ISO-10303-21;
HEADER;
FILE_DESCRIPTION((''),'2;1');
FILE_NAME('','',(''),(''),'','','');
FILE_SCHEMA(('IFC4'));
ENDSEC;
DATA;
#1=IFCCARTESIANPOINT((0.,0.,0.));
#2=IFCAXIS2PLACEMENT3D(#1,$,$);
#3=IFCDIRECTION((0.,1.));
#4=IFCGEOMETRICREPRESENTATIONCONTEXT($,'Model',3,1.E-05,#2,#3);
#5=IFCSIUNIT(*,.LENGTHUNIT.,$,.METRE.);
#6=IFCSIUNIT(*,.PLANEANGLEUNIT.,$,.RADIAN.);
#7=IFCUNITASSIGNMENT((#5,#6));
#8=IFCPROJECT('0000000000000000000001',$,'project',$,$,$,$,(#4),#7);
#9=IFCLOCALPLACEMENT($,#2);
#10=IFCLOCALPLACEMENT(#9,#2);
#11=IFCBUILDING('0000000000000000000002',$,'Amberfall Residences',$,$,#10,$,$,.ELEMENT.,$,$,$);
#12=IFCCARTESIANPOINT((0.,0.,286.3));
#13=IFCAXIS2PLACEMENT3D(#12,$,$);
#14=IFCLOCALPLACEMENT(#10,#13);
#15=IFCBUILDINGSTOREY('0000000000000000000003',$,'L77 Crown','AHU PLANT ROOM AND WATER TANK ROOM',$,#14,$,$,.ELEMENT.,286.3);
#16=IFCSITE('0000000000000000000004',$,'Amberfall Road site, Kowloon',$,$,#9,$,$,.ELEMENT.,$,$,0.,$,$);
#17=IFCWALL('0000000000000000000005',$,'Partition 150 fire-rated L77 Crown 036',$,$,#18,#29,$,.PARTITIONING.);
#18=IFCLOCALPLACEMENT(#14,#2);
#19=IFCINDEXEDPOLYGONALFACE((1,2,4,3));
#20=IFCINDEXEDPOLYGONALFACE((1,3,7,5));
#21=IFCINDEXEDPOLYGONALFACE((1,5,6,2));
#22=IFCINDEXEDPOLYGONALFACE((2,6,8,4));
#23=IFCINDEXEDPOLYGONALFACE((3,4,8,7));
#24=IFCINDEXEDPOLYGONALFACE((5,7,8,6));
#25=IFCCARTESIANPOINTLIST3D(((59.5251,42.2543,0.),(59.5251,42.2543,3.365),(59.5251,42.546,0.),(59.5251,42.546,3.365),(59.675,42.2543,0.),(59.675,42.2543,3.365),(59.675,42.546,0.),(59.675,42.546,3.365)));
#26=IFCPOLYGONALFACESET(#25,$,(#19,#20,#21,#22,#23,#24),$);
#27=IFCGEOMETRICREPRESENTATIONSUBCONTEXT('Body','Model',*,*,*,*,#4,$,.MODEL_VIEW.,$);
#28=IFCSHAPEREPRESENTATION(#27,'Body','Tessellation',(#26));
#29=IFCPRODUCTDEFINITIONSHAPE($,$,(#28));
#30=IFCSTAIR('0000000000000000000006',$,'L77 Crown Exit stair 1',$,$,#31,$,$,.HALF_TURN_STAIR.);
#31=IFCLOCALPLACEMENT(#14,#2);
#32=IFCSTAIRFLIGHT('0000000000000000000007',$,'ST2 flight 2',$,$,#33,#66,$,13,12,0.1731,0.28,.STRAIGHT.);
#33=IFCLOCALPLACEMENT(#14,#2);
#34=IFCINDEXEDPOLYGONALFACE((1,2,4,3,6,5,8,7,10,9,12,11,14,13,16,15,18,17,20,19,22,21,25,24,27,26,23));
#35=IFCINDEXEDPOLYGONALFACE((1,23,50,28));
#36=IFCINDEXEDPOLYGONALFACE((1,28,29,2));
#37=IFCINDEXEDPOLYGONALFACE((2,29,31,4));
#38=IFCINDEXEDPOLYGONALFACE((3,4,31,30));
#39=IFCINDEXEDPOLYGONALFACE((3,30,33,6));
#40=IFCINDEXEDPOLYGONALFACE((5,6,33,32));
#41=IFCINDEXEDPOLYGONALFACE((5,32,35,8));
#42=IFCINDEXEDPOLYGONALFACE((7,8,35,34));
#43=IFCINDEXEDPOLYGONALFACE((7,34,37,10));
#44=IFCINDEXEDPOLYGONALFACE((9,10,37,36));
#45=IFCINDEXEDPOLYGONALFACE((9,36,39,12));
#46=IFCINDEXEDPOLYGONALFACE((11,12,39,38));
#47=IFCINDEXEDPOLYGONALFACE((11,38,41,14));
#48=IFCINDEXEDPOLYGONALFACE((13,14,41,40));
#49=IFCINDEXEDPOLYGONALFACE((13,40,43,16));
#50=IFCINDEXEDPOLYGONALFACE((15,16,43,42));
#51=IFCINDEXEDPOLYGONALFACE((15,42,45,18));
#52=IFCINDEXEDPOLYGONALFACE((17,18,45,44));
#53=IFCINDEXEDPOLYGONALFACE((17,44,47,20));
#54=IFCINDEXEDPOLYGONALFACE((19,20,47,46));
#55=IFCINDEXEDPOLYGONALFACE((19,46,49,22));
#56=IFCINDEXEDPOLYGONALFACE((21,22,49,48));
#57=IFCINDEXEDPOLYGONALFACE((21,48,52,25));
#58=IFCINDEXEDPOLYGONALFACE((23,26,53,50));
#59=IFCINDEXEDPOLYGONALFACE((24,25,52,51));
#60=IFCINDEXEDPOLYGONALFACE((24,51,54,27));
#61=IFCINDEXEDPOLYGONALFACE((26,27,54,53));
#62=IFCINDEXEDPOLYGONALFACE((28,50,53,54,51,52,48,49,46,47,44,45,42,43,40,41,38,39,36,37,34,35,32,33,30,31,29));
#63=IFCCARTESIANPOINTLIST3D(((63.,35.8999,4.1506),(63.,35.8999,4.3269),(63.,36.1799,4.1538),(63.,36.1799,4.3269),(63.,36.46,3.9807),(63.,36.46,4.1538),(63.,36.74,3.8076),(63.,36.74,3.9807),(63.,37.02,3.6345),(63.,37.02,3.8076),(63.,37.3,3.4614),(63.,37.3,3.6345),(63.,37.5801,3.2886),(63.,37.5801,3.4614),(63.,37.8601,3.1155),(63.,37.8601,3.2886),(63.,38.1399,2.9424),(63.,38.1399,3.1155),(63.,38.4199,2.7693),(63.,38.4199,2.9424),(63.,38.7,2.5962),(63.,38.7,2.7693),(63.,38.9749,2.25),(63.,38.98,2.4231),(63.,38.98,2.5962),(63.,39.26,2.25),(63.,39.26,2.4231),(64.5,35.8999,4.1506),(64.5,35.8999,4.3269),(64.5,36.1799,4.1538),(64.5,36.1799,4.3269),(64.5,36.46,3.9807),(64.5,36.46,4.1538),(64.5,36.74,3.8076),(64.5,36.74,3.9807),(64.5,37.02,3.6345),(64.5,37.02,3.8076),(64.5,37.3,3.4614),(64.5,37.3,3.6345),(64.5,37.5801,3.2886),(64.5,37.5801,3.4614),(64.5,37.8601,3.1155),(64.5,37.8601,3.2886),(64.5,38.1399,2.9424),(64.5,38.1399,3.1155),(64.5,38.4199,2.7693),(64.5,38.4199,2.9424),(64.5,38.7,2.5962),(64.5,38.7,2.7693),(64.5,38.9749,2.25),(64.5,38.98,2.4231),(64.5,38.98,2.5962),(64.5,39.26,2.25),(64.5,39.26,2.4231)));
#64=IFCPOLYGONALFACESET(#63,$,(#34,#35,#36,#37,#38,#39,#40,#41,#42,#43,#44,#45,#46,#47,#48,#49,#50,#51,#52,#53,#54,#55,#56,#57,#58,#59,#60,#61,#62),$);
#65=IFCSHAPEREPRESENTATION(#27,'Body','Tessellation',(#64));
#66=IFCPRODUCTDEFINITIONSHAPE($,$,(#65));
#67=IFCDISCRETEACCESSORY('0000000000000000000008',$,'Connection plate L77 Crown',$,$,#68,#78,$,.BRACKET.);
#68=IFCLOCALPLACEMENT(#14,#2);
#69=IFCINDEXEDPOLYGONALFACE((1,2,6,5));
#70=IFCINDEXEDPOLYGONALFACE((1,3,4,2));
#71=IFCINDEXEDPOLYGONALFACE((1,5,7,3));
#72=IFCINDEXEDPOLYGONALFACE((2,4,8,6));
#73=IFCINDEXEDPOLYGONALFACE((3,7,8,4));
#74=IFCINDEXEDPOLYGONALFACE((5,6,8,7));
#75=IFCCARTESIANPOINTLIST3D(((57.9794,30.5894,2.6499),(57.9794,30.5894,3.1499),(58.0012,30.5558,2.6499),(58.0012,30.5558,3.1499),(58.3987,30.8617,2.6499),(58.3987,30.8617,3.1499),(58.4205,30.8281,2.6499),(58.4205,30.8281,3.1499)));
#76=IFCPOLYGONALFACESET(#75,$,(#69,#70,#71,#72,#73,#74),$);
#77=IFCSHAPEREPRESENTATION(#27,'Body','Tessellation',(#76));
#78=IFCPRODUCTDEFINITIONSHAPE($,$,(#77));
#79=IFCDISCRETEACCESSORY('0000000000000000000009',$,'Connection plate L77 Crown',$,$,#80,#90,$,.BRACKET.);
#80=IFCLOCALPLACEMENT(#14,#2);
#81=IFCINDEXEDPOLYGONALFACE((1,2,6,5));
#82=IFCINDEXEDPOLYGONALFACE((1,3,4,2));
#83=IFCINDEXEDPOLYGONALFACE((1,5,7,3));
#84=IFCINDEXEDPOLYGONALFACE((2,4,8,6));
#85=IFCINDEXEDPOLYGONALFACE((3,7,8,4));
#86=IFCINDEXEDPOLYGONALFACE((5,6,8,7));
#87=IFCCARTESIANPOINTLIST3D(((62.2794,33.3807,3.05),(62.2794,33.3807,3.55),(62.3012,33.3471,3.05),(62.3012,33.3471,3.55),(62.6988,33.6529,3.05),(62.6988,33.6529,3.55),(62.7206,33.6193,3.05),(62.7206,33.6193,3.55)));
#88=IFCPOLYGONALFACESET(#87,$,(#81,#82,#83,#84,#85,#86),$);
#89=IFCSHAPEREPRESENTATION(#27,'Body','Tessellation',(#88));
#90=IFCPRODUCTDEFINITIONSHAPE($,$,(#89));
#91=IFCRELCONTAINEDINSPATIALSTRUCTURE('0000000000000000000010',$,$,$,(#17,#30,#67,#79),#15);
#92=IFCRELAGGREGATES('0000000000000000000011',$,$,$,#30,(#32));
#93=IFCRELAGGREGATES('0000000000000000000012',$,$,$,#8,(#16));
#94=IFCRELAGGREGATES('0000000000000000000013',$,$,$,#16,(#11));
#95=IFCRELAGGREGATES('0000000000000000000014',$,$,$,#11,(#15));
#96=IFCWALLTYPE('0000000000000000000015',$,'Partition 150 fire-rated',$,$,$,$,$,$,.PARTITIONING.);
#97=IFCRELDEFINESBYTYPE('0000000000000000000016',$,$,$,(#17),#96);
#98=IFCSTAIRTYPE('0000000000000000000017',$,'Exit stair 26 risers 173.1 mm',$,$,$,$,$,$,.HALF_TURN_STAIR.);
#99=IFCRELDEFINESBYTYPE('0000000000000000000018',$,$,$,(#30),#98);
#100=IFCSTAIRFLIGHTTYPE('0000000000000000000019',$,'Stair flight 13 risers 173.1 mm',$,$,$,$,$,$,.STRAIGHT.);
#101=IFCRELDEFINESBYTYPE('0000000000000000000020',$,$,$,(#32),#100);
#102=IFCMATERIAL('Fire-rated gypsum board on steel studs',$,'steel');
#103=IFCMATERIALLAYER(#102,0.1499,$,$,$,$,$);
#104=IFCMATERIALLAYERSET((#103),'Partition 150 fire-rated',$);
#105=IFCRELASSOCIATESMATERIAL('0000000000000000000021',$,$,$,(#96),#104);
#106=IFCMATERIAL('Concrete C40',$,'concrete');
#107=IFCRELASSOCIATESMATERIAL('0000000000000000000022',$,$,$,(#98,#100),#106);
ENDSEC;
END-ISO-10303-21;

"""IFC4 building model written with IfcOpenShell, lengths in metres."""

from ifc_helpers import new_model, si_unit, direction, frame, frame_2d, origin, origin_2d, place, context, subcontext, project, spatial, polyline, rectangle, outline, extrude, material, layer, layer_set, type_object, element, aggregate, save


model = new_model("IFC4")

# Units and contexts
model_context = context("Model", 3, precision=1e-05, world=origin(), true_north=direction((0.0, 1.0)))
body_context = subcontext(model_context, "Body", "Model", "MODEL_VIEW")
ifc_project = project(units=[si_unit("LENGTHUNIT", "METRE"), si_unit("PLANEANGLEUNIT", "RADIAN")], contexts=[model_context])

# Site, building, storey
site_placement = place(None, origin())
site = spatial("IfcSite", under=ifc_project, at=site_placement, Name="Amberfall Road site, Kowloon", CompositionType="ELEMENT", RefElevation=0.0)
building_placement = place(site_placement, origin())
building = spatial("IfcBuilding", under=site, at=building_placement, Name="Amberfall Residences", CompositionType="ELEMENT")
storey_placement = place(building_placement, frame((0.0, 0.0, 286.3)))
storey = spatial("IfcBuildingStorey", under=building, at=storey_placement, Name="L77 Crown", Description="AHU PLANT ROOM AND WATER TANK ROOM", CompositionType="ELEMENT", Elevation=286.3)

# Wall
ifc_material_1 = material(Name="Fire-rated gypsum board on steel studs", Category="steel")
ifc_layer_1 = layer(ifc_material_1, 0.1499)
ifc_layer_set_1 = layer_set([ifc_layer_1], Name="Partition 150 fire-rated")
wall_type_1 = type_object("IfcWallType", Name="Partition 150 fire-rated", PredefinedType="PARTITIONING", material=ifc_layer_set_1)
wall_1_placement = place(storey_placement, frame((59.6001, 42.2542, 0.0), z_axis=(0.0, 0.0, 1.0), x_axis=(0.0, 1.0, 0.0)))
element("IfcWall", 1, at=wall_1_placement, inside=storey, type_object=wall_type_1, Name="Partition 150 fire-rated L77 Crown 036", PredefinedType="PARTITIONING", context=body_context, shape_type="SweptSolid", body=[
    extrude(rectangle(XDim=0.2917, YDim=0.1499, at=frame_2d((0.146, 0.0))), origin(), (0.0, 0.0, 1.0), 3.365),
])

# Stair, stair flight
ifc_material_2 = material(Name="Concrete C40", Category="concrete")
stair_type = type_object("IfcStairType", Name="Exit stair 26 risers 173.1 mm", PredefinedType="HALF_TURN_STAIR", material=ifc_material_2)
stair_placement = place(storey_placement, origin())
stair = element("IfcStair", 2, at=stair_placement, inside=storey, type_object=stair_type, Name="L77 Crown Exit stair 1", PredefinedType="HALF_TURN_STAIR")
stair_flight_type = type_object("IfcStairFlightType", Name="Stair flight 13 risers 173.1 mm", PredefinedType="STRAIGHT", material=ifc_material_2)
stair_flight_placement = place(storey_placement, frame((63.75, 39.26, 2.25), z_axis=(0.0, 0.0, 1.0), x_axis=(0.0, -1.0, 0.0)))
stair_flight = element("IfcStairFlight", 3, at=stair_flight_placement, type_object=stair_flight_type, Name="ST2 flight 2", NumberOfRisers=13, NumberOfTreads=12, PredefinedType="STRAIGHT", RiserHeight=0.1731, TreadLength=0.28, context=body_context, shape_type="SweptSolid", body=[
    extrude(outline(polyline([(0.0, 0.0), (0.0, 0.1731), (0.28, 0.1731), (0.28, 0.3462), (0.5601, 0.3462), (0.5601, 0.5193), (0.8401, 0.5193), (0.8401, 0.6924), (1.1201, 0.6924), (1.1201, 0.8655), (1.3999, 0.8655), (1.3999, 1.0386), (1.6799, 1.0386), (1.6799, 1.2114), (1.96, 1.2114), (1.96, 1.3845), (2.24, 1.3845), (2.24, 1.5576), (2.52, 1.5576), (2.52, 1.7307), (2.8, 1.7307), (2.8, 1.9038), (3.0801, 1.9038), (3.0801, 2.0769), (3.3601, 2.0769), (3.3601, 2.25), (3.3601, 1.9006), (0.2852, 0.0), (0.0, 0.0)])), frame((0.0, 0.75, 0.0), z_axis=(0.0, -1.0, 0.0), x_axis=(1.0, 0.0, 0.0)), (0.0, 0.0, 1.0), 1.5),
])
aggregate(stair, [stair_flight])

# Discrete accessories
for number, where, z_axis, x_axis, name in (
    (4, (58.2, 30.7087, 2.6499), (0.0, 0.0, 1.0), (0.838775, 0.544478, 0.0), "Connection plate L77 Crown"),
    (5, (62.5, 33.5, 3.05), (0.0, 0.0, 1.0), (0.838775, 0.544478, 0.0), "Connection plate L77 Crown"),
):
    element("IfcDiscreteAccessory", number, at=place(storey_placement, frame(where, z_axis=z_axis, x_axis=x_axis)), inside=storey, Name=name, PredefinedType="BRACKET", context=body_context, shape_type="SweptSolid", body=[
        extrude(rectangle(XDim=0.5, YDim=0.04, at=origin_2d()), origin(), (0.0, 0.0, 1.0), 0.5),
    ])

save(model, "model.ifc")
